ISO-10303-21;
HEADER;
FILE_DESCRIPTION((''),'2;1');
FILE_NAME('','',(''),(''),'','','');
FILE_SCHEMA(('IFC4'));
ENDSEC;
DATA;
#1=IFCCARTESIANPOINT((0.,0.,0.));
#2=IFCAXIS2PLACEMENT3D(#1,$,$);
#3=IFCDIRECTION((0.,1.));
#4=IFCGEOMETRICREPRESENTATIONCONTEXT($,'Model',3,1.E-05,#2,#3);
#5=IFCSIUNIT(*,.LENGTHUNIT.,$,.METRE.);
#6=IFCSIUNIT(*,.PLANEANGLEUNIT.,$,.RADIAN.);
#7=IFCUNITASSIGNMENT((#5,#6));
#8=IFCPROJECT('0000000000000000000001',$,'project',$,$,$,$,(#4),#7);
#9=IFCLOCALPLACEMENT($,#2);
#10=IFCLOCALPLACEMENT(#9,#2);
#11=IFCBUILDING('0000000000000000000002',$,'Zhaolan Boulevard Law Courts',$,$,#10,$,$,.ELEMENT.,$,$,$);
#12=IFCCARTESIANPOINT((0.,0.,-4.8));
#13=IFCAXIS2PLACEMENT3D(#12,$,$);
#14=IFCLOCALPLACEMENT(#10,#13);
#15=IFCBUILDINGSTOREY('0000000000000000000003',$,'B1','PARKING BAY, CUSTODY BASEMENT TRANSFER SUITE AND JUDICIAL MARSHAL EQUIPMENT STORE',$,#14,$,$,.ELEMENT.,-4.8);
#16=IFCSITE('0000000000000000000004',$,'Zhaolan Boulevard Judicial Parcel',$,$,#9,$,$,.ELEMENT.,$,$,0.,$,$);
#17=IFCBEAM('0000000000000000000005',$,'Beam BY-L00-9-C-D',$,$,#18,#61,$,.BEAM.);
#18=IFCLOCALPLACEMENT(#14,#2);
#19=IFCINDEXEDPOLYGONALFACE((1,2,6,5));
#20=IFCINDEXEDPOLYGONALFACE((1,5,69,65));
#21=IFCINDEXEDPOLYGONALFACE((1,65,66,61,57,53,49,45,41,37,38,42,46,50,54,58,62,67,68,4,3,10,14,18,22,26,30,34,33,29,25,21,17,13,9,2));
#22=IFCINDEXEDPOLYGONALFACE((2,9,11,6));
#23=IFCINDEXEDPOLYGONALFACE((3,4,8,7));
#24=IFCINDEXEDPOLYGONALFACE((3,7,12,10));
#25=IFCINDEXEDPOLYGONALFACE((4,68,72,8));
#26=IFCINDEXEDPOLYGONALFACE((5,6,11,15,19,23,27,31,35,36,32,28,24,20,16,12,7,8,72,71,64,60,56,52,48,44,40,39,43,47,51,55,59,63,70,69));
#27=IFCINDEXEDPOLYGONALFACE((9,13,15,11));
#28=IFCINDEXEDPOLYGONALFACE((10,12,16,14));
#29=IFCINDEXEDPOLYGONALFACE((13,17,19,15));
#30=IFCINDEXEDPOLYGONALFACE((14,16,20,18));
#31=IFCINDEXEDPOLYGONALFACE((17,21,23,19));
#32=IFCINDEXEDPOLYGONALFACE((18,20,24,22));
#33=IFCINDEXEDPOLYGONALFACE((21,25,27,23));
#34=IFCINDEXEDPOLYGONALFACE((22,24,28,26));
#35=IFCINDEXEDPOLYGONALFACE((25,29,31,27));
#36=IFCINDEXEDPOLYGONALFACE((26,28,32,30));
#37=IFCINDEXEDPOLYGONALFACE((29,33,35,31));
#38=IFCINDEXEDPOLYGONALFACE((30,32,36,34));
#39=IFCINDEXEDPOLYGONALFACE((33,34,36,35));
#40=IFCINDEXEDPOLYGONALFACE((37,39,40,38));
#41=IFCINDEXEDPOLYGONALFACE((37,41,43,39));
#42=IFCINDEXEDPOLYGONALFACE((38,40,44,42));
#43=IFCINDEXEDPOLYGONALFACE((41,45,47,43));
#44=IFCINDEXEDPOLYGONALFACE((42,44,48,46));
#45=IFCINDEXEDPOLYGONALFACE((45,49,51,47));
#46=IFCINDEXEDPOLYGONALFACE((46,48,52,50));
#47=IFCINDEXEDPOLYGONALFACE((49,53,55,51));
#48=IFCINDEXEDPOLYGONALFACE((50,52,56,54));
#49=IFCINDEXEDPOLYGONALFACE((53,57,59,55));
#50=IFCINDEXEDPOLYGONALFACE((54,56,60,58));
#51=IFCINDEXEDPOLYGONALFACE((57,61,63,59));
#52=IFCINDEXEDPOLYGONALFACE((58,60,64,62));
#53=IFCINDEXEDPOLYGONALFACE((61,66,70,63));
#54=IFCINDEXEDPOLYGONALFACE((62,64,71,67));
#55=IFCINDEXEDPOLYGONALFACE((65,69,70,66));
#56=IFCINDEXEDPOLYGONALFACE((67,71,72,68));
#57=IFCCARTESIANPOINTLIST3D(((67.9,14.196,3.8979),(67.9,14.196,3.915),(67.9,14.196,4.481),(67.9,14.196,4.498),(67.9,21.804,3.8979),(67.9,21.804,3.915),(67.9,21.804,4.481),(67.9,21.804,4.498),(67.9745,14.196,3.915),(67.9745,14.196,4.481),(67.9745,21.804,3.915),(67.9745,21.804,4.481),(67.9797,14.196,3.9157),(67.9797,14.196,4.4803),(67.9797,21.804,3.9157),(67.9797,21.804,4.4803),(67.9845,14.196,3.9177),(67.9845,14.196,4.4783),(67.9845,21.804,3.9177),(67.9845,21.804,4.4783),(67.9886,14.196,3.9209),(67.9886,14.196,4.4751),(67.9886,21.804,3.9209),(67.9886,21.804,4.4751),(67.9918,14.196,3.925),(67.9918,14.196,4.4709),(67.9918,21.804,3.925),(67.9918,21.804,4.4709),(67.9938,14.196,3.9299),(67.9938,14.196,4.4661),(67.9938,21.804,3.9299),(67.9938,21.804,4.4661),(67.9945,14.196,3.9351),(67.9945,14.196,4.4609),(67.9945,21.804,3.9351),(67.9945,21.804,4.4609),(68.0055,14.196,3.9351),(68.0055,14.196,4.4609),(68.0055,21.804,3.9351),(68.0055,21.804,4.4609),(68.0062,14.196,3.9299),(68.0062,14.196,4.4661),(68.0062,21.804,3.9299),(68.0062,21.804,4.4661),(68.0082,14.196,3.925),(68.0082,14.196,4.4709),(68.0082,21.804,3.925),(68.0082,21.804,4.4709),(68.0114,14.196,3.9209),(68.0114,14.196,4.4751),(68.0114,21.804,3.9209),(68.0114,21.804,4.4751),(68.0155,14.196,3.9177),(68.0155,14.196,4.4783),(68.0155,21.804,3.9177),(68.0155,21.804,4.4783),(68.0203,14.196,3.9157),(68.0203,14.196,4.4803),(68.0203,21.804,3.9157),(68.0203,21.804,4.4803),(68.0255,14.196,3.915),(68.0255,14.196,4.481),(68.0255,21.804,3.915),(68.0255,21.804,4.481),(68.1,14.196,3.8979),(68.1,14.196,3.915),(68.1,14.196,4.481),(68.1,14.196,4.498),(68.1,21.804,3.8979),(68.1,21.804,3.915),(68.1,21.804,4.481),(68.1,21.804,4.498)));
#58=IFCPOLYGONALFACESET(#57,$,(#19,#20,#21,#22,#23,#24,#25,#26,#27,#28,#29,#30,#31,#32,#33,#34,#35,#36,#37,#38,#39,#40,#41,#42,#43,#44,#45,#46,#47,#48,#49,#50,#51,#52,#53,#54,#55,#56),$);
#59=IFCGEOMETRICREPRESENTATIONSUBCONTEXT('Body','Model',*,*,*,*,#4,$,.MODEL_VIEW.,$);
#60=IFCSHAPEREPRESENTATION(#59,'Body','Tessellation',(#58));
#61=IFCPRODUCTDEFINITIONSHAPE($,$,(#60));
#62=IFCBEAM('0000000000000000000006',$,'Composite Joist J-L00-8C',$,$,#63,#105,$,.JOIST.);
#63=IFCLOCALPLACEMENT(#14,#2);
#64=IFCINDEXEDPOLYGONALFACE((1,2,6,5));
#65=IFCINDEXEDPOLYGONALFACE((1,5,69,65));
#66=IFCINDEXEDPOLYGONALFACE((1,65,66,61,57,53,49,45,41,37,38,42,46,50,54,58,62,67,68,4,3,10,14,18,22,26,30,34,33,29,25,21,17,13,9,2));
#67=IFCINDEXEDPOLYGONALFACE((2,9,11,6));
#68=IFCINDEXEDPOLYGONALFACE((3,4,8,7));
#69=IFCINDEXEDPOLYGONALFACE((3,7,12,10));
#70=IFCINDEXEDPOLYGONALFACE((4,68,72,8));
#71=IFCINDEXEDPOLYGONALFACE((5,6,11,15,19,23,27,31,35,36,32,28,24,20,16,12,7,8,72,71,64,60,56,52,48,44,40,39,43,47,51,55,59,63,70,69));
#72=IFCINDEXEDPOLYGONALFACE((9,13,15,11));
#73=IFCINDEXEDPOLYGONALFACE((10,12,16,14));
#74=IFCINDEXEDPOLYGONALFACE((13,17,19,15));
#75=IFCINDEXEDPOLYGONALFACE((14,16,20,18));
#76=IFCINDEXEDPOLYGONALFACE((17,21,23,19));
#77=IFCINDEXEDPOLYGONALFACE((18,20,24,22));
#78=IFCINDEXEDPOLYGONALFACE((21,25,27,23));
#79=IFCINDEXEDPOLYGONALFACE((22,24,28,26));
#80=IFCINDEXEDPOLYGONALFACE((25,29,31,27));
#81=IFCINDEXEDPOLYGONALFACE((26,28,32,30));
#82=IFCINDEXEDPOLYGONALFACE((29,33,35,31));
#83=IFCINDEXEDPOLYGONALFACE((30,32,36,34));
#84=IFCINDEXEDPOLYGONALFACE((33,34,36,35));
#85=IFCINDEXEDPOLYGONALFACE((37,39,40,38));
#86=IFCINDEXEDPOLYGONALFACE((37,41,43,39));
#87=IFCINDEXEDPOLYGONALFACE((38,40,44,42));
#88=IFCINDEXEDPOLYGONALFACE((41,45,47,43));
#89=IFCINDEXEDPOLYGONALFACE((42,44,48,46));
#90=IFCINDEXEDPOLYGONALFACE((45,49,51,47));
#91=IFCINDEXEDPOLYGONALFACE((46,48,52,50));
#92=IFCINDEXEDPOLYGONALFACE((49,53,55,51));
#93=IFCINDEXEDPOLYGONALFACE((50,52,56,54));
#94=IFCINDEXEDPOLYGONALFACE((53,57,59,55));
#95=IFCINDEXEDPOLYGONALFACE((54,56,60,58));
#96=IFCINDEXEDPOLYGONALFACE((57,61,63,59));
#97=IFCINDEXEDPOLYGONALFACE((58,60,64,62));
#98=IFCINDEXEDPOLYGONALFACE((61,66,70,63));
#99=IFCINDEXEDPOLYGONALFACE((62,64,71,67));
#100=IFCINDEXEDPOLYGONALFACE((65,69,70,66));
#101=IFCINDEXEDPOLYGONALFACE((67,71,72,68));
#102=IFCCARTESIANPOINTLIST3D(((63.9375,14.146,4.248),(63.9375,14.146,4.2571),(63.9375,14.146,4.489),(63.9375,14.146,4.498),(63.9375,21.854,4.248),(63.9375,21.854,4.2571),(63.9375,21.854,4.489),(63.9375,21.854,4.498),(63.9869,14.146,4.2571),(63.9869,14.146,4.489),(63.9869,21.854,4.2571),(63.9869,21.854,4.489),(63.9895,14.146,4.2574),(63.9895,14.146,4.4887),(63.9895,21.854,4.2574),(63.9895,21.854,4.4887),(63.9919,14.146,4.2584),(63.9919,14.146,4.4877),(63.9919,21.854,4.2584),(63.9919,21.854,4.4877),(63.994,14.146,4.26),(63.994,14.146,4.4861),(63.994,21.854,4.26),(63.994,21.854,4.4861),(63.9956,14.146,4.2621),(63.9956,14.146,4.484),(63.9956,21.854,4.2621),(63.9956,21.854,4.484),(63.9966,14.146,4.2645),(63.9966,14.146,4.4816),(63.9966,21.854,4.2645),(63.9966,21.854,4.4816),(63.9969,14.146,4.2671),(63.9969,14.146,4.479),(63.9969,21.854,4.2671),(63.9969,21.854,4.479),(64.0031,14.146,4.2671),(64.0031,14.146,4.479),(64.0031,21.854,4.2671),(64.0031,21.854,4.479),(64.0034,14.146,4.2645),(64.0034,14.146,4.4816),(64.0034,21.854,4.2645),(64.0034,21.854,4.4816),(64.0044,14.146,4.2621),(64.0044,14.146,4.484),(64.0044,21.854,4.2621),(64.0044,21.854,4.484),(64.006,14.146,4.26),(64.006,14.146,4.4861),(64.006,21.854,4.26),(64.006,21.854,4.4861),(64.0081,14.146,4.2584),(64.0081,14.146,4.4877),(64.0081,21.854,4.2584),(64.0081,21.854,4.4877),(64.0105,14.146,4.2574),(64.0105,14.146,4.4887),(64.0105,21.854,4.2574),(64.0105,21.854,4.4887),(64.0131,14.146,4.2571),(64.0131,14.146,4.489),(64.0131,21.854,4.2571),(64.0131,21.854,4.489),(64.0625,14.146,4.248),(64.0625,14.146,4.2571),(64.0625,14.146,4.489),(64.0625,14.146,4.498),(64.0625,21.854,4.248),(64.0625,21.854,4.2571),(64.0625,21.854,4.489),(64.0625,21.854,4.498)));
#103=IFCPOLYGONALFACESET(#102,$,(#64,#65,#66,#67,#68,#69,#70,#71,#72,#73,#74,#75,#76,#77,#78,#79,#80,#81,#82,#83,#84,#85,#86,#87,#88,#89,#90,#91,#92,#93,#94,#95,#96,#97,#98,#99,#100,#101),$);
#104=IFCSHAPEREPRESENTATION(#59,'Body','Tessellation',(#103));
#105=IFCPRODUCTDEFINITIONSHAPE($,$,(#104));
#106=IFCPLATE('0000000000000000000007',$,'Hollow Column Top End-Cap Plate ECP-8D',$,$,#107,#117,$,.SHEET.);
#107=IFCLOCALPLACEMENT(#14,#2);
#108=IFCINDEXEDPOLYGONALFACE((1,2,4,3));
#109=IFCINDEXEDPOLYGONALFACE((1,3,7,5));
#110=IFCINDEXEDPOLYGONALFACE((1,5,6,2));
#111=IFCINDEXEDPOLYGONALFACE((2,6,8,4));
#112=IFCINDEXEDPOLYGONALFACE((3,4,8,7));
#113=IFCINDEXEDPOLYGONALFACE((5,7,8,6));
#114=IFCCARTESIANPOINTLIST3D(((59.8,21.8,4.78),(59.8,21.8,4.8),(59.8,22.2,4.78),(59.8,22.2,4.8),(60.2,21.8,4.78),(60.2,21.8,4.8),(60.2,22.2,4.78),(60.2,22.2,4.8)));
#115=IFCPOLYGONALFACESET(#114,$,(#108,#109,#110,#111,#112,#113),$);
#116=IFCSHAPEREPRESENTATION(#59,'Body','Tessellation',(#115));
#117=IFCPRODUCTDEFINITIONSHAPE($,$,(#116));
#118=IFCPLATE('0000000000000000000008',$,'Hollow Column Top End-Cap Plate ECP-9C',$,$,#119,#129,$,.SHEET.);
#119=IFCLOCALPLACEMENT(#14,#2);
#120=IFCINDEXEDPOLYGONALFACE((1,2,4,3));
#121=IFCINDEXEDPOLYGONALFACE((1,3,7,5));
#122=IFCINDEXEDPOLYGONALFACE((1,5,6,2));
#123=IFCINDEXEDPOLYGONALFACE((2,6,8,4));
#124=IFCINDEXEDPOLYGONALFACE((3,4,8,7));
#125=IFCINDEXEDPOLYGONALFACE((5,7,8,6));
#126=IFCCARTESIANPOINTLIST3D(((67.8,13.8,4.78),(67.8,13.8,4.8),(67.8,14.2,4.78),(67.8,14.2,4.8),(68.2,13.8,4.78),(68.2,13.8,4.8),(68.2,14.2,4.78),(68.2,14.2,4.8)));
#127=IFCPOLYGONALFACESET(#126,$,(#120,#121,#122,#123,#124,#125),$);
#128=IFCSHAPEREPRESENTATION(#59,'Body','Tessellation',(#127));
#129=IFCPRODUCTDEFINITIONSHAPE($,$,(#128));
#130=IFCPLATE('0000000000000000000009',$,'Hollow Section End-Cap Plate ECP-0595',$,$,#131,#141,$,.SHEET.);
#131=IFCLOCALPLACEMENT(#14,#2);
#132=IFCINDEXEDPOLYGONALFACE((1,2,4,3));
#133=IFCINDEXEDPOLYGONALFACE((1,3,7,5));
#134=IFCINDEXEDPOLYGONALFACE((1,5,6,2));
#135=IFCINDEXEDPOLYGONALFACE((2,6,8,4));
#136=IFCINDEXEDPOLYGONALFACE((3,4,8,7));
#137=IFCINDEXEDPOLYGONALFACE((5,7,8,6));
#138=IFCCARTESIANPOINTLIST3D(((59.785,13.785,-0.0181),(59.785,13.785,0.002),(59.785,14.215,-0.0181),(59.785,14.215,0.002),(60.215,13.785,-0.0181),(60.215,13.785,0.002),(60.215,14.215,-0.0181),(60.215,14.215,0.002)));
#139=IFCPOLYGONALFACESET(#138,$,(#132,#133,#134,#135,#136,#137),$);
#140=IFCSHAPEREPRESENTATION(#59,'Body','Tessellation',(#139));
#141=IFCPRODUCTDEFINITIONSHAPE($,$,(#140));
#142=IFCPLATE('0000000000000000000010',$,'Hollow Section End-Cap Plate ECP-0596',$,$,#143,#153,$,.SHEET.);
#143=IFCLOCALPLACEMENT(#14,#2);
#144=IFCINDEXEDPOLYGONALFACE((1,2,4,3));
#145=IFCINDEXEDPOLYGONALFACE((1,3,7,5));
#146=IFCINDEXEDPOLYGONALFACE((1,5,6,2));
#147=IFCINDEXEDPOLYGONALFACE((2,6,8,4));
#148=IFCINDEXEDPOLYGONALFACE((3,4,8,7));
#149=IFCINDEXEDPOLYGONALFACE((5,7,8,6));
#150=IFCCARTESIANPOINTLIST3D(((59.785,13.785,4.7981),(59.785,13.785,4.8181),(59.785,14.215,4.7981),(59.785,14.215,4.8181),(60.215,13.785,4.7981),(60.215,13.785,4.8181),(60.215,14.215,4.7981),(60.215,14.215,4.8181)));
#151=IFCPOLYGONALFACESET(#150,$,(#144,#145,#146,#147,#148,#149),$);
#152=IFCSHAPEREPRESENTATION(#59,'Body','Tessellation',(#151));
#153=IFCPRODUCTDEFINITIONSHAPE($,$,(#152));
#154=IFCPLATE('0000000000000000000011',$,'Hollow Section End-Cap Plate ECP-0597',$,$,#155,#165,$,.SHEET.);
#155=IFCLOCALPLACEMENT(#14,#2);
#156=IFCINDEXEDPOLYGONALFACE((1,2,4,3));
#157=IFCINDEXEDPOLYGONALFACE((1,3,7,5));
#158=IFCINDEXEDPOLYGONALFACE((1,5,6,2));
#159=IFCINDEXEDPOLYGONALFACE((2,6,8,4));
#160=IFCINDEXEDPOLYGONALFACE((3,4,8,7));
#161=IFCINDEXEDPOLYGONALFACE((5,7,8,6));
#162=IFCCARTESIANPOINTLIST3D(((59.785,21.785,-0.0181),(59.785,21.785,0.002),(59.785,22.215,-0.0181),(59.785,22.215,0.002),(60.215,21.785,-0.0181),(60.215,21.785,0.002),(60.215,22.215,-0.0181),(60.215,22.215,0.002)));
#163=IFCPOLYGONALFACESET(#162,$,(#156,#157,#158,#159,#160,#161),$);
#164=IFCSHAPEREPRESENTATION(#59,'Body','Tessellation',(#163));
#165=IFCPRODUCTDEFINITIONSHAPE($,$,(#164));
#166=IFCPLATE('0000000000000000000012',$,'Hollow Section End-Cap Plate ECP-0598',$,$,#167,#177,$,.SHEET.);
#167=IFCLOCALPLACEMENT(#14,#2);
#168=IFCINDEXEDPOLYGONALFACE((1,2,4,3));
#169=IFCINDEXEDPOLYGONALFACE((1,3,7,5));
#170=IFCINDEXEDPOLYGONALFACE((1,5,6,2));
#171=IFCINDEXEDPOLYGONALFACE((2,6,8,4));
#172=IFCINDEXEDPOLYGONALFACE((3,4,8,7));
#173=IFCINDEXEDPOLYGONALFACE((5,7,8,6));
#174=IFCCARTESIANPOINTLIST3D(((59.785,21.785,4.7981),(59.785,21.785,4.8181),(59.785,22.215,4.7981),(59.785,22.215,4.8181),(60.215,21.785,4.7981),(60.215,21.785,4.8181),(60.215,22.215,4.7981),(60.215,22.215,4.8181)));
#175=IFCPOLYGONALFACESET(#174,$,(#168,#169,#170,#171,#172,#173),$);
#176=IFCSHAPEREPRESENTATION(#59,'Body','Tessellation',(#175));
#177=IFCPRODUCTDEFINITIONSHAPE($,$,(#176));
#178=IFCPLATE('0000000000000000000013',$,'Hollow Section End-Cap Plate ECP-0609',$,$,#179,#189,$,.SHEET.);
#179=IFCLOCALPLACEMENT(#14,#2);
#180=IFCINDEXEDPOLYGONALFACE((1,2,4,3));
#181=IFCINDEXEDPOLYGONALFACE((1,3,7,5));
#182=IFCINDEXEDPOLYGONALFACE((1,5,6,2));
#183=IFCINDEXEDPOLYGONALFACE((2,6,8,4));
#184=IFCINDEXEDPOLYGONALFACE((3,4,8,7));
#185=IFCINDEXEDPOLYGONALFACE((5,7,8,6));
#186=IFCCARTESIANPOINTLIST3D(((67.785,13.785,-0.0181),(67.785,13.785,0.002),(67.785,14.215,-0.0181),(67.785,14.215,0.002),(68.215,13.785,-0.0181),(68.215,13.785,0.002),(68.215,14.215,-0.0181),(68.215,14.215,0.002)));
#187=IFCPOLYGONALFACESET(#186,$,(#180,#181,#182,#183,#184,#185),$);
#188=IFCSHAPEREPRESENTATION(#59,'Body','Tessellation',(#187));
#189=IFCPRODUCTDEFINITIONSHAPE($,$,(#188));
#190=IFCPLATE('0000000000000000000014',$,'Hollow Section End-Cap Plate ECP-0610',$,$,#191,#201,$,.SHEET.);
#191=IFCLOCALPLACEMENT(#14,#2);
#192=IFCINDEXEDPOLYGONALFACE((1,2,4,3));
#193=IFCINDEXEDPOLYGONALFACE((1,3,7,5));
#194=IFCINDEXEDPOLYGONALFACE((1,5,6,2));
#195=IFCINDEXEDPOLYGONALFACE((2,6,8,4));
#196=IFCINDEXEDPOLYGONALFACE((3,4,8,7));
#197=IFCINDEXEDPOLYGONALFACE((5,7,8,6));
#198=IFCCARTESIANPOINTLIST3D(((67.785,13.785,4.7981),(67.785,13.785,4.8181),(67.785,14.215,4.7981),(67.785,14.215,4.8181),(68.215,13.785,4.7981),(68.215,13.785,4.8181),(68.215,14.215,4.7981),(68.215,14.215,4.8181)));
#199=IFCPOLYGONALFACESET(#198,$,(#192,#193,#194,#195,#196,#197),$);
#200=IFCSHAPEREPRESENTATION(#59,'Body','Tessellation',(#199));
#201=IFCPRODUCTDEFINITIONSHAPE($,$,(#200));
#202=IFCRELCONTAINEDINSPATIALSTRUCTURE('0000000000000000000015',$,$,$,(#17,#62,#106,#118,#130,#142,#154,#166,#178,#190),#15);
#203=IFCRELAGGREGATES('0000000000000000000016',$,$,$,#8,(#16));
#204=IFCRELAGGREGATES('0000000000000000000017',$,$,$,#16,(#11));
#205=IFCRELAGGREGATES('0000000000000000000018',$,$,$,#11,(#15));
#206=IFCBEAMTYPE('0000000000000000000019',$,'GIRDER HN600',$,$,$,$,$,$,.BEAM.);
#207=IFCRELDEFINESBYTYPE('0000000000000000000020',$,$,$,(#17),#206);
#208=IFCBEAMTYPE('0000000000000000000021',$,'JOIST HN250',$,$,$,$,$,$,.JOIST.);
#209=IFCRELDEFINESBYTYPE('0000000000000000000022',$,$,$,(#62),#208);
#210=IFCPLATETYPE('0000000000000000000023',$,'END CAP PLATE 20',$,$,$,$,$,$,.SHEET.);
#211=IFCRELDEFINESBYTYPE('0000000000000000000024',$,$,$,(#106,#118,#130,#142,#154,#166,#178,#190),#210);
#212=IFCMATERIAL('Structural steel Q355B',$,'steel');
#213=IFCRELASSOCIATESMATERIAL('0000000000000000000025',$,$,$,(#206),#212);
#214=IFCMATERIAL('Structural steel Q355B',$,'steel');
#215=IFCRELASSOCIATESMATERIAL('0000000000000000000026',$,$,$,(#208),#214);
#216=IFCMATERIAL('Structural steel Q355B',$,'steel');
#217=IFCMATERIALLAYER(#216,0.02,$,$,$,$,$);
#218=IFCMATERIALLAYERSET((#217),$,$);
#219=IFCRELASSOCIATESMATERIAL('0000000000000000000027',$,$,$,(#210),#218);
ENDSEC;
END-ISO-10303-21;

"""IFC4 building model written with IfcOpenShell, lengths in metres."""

from ifc_helpers import new_model, si_unit, direction, frame, origin, origin_2d, place, context, subcontext, project, spatial, rectangle, i_section, extrude, material, layer, layer_set, material_profile, profile_set, type_object, element, save


model = new_model("IFC4")

# Units and contexts
model_context = context("Model", 3, precision=1e-05, world=origin(), true_north=direction((0.0, 1.0)))
body_context = subcontext(model_context, "Body", "Model", "MODEL_VIEW")
ifc_project = project(units=[si_unit("LENGTHUNIT", "METRE"), si_unit("PLANEANGLEUNIT", "RADIAN")], contexts=[model_context])

# Site, building, storey
site_placement = place(None, origin())
site = spatial("IfcSite", under=ifc_project, at=site_placement, Name="Zhaolan Boulevard Judicial Parcel", CompositionType="ELEMENT", RefElevation=0.0)
building_placement = place(site_placement, origin())
building = spatial("IfcBuilding", under=site, at=building_placement, Name="Zhaolan Boulevard Law Courts", CompositionType="ELEMENT")
storey_placement = place(building_placement, frame((0.0, 0.0, -4.8)))
storey = spatial("IfcBuildingStorey", under=building, at=storey_placement, Name="B1", Description="PARKING BAY, CUSTODY BASEMENT TRANSFER SUITE AND JUDICIAL MARSHAL EQUIPMENT STORE", CompositionType="ELEMENT", Elevation=-4.8)

# Beams
ifc_material_1 = material(Name="Structural steel Q355B", Category="steel")
ifc_material_profile_1 = material_profile(ifc_material_1, i_section(OverallWidth=0.2, OverallDepth=0.6001, WebThickness=0.011, FlangeThickness=0.0171, FilletRadius=0.02, at=origin_2d()), Name="HN600x200")
ifc_profile_set_1 = profile_set([ifc_material_profile_1], Name="Structural steel Q355B")
beam_type_1 = type_object("IfcBeamType", Name="GIRDER HN600", PredefinedType="BEAM", material=ifc_profile_set_1)
beam_1_placement = place(storey_placement, frame((68.0, 14.196, 4.198), z_axis=(0.0, 1.0, 0.0), x_axis=(-1.0, 0.0, 0.0)))
element("IfcBeam", 1, at=beam_1_placement, inside=storey, type_object=beam_type_1, Name="Beam BY-L00-9-C-D", PredefinedType="BEAM", context=body_context, shape_type="SweptSolid", body=[
    extrude(i_section(OverallWidth=0.2, OverallDepth=0.6001, WebThickness=0.011, FlangeThickness=0.0171, FilletRadius=0.02, at=origin_2d()), origin(), (0.0, 0.0, 1.0), 7.6079),
])
ifc_material_2 = material(Name="Structural steel Q355B", Category="steel")
ifc_material_profile_2 = material_profile(ifc_material_2, i_section(OverallWidth=0.125, OverallDepth=0.25, WebThickness=0.0061, FlangeThickness=0.009, FilletRadius=0.01, at=origin_2d()), Name="HN250x125")
ifc_profile_set_2 = profile_set([ifc_material_profile_2], Name="Structural steel Q355B")
beam_type_2 = type_object("IfcBeamType", Name="JOIST HN250", PredefinedType="JOIST", material=ifc_profile_set_2)
beam_2_placement = place(storey_placement, frame((64.0, 14.146, 4.373), z_axis=(0.0, 1.0, 0.0), x_axis=(-1.0, 0.0, 0.0)))
element("IfcBeam", 2, at=beam_2_placement, inside=storey, type_object=beam_type_2, Name="Composite Joist J-L00-8C", PredefinedType="JOIST", context=body_context, shape_type="SweptSolid", body=[
    extrude(i_section(OverallWidth=0.125, OverallDepth=0.25, WebThickness=0.0061, FlangeThickness=0.009, FilletRadius=0.01, at=origin_2d()), origin(), (0.0, 0.0, 1.0), 7.708),
])

# Plates
ifc_material_3 = material(Name="Structural steel Q355B", Category="steel")
ifc_layer = layer(ifc_material_3, 0.02)
ifc_layer_set = layer_set([ifc_layer])
plate_type = type_object("IfcPlateType", Name="END CAP PLATE 20", PredefinedType="SHEET", material=ifc_layer_set)
for number, where, z_axis, x_axis, name in (
    (3, (60.0, 22.0, 4.78), (0.0, 0.0, 1.0), (1.0, 0.0, 0.0), "Hollow Column Top End-Cap Plate ECP-8D"),
    (4, (68.0, 14.0, 4.78), (0.0, 0.0, 1.0), (1.0, 0.0, 0.0), "Hollow Column Top End-Cap Plate ECP-9C"),
):
    element("IfcPlate", number, at=place(storey_placement, frame(where, z_axis=z_axis, x_axis=x_axis)), inside=storey, type_object=plate_type, Name=name, PredefinedType="SHEET", context=body_context, shape_type="SweptSolid", body=[
        extrude(rectangle(XDim=0.3999, YDim=0.3999, at=origin_2d()), origin(), (0.0, 0.0, 1.0), 0.02),
    ])
for number, where, z_axis, x_axis, name in (
    (5, (60.0, 14.0, -0.0181), (0.0, 0.0, 1.0), (1.0, 0.0, 0.0), "Hollow Section End-Cap Plate ECP-0595"),
    (6, (60.0, 14.0, 4.7981), (0.0, 0.0, 1.0), (1.0, 0.0, 0.0), "Hollow Section End-Cap Plate ECP-0596"),
    (7, (60.0, 22.0, -0.0181), (0.0, 0.0, 1.0), (1.0, 0.0, 0.0), "Hollow Section End-Cap Plate ECP-0597"),
    (8, (60.0, 22.0, 4.7981), (0.0, 0.0, 1.0), (1.0, 0.0, 0.0), "Hollow Section End-Cap Plate ECP-0598"),
    (9, (68.0, 14.0, -0.0181), (0.0, 0.0, 1.0), (1.0, 0.0, 0.0), "Hollow Section End-Cap Plate ECP-0609"),
    (10, (68.0, 14.0, 4.7981), (0.0, 0.0, 1.0), (1.0, 0.0, 0.0), "Hollow Section End-Cap Plate ECP-0610"),
):
    element("IfcPlate", number, at=place(storey_placement, frame(where, z_axis=z_axis, x_axis=x_axis)), inside=storey, type_object=plate_type, Name=name, PredefinedType="SHEET", context=body_context, shape_type="SweptSolid", body=[
        extrude(rectangle(XDim=0.4299, YDim=0.4299, at=origin_2d()), origin(), (0.0, 0.0, 1.0), 0.02),
    ])

save(model, "model.ifc")
